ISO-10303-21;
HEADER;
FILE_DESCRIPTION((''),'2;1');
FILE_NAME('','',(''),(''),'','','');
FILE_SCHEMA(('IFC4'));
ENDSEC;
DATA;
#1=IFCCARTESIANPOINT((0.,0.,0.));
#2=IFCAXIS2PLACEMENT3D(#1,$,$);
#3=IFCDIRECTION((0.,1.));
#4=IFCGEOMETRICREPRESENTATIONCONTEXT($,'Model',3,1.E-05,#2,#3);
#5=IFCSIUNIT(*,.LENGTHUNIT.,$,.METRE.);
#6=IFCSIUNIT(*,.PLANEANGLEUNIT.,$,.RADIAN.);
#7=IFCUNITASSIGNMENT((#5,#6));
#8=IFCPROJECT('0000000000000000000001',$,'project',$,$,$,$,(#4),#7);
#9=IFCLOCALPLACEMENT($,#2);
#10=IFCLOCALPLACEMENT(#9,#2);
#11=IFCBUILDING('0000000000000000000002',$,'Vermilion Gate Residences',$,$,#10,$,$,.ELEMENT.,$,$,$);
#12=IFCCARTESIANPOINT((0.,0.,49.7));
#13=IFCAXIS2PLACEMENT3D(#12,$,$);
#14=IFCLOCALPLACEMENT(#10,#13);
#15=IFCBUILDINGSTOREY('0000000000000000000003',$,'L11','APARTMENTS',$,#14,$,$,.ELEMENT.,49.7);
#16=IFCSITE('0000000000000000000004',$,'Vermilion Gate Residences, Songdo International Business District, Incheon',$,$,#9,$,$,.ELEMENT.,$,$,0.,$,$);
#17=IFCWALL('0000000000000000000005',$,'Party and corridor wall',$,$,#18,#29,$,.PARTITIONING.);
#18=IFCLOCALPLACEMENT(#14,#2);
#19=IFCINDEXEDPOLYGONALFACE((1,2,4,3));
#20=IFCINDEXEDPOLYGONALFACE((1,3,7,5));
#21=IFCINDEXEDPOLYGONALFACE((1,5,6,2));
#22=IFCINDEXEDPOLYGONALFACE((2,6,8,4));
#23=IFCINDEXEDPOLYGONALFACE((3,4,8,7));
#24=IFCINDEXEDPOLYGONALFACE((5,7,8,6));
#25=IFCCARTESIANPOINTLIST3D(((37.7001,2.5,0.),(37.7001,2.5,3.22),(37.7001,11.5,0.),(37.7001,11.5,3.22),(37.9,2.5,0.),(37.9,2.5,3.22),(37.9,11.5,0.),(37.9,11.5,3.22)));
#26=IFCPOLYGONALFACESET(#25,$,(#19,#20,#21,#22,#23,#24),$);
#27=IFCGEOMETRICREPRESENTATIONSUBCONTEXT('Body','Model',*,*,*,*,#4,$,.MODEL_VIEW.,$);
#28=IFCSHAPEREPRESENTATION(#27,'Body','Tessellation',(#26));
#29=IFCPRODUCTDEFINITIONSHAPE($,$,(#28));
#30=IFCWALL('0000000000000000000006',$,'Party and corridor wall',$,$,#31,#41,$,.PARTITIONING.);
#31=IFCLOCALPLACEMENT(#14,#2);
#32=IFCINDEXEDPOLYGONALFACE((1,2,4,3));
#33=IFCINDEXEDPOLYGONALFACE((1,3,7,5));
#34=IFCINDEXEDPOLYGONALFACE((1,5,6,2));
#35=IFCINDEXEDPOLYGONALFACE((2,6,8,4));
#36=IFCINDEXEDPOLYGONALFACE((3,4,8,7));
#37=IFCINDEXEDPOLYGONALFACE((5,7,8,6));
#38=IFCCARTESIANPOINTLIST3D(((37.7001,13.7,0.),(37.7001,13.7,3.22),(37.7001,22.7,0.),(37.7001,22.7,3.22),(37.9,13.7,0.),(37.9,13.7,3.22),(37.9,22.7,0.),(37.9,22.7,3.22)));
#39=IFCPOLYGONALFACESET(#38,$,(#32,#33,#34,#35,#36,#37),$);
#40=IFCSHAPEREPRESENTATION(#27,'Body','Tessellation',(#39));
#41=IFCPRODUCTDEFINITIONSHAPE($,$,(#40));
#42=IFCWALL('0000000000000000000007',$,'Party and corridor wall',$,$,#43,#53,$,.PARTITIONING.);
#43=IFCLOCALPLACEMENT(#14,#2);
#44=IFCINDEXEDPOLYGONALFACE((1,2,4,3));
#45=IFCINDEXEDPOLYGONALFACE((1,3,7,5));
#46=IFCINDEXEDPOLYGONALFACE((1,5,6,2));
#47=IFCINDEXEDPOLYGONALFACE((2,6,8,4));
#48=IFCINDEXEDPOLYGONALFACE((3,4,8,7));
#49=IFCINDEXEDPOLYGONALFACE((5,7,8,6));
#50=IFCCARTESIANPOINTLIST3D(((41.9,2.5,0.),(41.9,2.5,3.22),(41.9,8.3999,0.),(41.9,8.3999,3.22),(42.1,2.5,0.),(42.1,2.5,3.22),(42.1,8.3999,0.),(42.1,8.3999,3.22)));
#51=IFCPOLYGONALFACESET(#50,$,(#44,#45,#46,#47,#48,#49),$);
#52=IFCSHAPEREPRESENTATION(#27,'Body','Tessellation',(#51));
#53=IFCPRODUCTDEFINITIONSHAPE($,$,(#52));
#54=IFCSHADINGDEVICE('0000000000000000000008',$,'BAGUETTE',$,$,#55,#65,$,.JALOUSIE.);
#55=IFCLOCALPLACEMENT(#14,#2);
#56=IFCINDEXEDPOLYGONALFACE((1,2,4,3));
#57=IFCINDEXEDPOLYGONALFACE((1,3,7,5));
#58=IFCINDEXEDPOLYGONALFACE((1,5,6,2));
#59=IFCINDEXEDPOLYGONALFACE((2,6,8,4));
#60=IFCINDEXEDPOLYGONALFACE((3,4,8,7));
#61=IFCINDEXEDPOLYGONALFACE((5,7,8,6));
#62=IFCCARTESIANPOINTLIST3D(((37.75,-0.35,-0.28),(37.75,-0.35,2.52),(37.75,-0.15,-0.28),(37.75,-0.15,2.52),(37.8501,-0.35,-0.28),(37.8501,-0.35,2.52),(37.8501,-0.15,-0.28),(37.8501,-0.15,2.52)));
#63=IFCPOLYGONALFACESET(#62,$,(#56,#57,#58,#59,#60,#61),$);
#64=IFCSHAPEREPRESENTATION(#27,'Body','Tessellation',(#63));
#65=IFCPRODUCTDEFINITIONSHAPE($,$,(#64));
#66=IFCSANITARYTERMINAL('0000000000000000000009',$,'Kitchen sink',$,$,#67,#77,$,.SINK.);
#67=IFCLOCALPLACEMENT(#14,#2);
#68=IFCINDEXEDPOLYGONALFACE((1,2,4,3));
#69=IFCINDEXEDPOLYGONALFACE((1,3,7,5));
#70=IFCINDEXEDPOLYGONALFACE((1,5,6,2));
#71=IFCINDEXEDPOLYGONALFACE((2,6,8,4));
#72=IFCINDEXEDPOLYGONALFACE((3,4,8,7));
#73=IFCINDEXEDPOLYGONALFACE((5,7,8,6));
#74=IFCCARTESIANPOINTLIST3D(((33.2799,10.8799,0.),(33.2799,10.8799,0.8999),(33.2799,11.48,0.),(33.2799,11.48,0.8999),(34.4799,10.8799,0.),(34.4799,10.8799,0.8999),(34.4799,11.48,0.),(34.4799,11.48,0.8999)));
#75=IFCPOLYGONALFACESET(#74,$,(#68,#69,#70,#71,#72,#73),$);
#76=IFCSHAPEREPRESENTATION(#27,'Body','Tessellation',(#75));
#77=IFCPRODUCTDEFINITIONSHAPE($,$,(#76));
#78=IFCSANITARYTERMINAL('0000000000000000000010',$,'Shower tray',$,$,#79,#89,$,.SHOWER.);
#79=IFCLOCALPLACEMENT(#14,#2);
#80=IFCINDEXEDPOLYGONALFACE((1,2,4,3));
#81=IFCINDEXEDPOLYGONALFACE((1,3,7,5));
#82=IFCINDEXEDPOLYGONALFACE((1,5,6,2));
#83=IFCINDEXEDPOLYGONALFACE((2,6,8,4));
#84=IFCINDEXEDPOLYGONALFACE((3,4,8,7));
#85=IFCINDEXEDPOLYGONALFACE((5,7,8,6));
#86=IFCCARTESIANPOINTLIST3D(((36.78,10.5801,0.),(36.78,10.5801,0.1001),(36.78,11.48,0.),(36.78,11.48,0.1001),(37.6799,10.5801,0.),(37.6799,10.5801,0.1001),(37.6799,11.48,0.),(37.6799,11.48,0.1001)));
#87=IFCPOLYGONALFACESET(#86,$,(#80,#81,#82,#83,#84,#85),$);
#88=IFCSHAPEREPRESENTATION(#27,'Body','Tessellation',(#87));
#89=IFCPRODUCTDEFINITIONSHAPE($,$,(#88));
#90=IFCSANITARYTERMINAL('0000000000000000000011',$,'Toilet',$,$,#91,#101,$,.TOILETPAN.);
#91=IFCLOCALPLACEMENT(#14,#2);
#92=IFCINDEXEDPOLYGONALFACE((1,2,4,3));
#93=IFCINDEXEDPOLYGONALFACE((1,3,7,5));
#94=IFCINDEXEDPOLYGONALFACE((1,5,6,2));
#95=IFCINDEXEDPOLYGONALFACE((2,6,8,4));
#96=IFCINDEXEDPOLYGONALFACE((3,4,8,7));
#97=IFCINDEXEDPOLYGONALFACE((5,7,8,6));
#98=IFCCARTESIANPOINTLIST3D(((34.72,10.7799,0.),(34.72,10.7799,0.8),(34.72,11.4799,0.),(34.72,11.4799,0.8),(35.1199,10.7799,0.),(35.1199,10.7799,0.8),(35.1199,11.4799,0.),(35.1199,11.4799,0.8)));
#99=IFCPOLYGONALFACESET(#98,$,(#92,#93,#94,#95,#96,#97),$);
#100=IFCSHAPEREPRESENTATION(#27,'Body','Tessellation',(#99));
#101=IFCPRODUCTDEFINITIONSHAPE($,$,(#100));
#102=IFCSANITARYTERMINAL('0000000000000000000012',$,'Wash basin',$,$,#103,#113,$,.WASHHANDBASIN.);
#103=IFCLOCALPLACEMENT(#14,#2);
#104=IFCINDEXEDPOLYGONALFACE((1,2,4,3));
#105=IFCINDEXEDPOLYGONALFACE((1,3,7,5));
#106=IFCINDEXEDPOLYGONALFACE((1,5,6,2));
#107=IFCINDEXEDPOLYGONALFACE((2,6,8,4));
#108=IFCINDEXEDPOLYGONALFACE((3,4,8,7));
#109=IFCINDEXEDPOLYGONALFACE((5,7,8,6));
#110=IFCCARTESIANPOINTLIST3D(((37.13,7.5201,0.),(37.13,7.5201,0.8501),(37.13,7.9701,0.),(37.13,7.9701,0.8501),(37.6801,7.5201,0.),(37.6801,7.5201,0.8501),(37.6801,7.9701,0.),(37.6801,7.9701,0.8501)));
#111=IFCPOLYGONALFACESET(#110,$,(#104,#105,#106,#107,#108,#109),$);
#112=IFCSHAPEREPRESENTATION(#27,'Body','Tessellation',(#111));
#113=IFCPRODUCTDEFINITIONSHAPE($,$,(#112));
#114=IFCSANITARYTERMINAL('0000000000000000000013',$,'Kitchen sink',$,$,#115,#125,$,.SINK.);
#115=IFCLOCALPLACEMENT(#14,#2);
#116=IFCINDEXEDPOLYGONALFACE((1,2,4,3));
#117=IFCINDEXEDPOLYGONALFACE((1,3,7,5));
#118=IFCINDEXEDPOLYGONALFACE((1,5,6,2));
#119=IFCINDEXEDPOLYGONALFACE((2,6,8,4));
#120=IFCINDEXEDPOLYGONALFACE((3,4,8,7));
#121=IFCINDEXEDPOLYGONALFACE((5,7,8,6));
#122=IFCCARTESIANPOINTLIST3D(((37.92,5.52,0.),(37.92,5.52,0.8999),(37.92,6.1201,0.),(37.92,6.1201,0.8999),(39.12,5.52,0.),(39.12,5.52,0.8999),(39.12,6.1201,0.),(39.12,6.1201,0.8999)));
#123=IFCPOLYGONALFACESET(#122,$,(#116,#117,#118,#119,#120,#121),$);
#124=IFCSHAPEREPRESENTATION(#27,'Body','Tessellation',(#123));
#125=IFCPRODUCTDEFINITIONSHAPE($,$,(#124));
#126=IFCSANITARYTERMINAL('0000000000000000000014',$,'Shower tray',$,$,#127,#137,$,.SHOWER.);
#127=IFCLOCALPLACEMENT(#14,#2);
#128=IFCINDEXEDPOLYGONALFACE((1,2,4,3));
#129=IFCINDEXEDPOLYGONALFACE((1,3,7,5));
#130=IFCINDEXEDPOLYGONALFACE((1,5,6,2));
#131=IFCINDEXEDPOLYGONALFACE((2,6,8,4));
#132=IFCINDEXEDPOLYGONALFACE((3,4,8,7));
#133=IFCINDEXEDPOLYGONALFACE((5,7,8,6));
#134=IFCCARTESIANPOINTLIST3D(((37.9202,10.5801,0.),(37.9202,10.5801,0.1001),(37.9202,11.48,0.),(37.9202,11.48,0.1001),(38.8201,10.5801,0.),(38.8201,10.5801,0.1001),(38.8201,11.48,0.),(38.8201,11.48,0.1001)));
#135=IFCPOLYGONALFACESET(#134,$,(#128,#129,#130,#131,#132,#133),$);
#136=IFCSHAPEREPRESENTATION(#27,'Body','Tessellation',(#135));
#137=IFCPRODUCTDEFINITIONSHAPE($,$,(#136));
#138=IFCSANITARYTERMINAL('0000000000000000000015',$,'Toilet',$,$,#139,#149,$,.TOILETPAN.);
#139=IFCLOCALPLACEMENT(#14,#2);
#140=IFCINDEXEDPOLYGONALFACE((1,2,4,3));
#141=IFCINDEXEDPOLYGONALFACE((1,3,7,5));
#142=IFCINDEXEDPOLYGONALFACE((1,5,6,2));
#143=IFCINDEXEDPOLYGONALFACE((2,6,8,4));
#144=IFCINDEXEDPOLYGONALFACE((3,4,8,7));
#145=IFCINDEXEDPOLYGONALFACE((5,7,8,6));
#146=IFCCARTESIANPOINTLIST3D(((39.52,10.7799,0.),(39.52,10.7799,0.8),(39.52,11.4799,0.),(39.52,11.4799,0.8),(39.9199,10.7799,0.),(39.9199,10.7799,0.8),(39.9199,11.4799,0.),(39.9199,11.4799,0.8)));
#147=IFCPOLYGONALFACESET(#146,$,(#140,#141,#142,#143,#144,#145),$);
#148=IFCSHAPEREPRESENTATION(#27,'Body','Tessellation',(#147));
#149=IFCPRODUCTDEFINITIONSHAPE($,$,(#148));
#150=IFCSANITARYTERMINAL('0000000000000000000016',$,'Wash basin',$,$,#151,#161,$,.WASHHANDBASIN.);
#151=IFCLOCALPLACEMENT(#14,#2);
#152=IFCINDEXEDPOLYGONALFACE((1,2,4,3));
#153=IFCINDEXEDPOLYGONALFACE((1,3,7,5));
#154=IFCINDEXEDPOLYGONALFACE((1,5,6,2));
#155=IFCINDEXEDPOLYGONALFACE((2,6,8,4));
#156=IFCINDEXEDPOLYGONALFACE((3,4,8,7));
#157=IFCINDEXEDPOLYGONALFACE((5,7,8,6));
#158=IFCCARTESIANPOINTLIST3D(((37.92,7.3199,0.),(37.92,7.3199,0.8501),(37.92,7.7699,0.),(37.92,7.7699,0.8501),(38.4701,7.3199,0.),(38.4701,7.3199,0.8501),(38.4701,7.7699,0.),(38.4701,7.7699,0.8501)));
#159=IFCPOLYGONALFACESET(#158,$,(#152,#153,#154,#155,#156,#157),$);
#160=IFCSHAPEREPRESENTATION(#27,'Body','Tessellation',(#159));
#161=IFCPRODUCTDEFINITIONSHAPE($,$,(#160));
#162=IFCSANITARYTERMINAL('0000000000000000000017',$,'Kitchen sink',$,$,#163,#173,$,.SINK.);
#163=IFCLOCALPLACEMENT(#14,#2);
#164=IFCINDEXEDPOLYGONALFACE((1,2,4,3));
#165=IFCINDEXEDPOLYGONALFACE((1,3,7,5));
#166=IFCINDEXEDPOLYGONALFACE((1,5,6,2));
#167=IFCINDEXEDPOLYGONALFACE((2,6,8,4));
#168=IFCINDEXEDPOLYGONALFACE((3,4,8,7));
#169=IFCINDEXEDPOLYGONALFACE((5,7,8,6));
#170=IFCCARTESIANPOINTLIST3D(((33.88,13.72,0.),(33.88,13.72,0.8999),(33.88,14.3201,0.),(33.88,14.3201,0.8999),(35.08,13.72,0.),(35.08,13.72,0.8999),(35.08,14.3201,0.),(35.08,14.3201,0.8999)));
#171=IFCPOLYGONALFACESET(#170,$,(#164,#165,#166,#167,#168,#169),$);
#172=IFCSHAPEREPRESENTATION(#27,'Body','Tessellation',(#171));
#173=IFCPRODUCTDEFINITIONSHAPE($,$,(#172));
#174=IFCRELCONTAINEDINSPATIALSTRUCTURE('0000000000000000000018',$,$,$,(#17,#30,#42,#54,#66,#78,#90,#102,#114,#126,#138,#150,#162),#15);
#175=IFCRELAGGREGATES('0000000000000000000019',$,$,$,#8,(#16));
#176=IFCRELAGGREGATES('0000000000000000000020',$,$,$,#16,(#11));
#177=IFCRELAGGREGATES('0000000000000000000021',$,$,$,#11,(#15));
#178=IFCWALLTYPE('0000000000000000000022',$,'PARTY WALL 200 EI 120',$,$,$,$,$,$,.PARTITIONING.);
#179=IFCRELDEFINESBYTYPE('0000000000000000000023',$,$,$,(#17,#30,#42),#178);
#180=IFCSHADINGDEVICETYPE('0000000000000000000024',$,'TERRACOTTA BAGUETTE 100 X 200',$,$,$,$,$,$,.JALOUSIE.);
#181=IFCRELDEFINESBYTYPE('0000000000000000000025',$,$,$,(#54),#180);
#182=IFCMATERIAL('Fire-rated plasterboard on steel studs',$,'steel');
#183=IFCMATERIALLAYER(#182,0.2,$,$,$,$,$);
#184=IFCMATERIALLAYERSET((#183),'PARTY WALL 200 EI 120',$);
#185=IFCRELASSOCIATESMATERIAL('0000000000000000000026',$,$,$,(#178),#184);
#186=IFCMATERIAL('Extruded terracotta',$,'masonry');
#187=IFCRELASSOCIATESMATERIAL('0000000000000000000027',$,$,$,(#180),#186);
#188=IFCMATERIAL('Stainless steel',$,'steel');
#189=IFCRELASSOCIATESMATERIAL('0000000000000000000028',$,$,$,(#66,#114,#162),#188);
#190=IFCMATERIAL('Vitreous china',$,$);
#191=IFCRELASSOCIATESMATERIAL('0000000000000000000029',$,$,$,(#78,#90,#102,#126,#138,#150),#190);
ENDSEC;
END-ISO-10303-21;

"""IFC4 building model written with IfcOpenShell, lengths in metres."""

from ifc_helpers import new_model, si_unit, direction, frame, frame_2d, origin, origin_2d, place, context, subcontext, project, spatial, rectangle, extrude, material, layer, layer_set, material_profile, profile_set, type_object, element, save


model = new_model("IFC4")

# Units and contexts
model_context = context("Model", 3, precision=1e-05, world=origin(), true_north=direction((0.0, 1.0)))
body_context = subcontext(model_context, "Body", "Model", "MODEL_VIEW")
ifc_project = project(units=[si_unit("LENGTHUNIT", "METRE"), si_unit("PLANEANGLEUNIT", "RADIAN")], contexts=[model_context])

# Site, building, storey
site_placement = place(None, origin())
site = spatial("IfcSite", under=ifc_project, at=site_placement, Name="Vermilion Gate Residences, Songdo International Business District, Incheon", CompositionType="ELEMENT", RefElevation=0.0)
building_placement = place(site_placement, origin())
building = spatial("IfcBuilding", under=site, at=building_placement, Name="Vermilion Gate Residences", CompositionType="ELEMENT")
storey_placement = place(building_placement, frame((0.0, 0.0, 49.7)))
storey = spatial("IfcBuildingStorey", under=building, at=storey_placement, Name="L11", Description="APARTMENTS", CompositionType="ELEMENT", Elevation=49.7)

# Walls
ifc_material_1 = material(Name="Fire-rated plasterboard on steel studs", Category="steel")
ifc_layer_1 = layer(ifc_material_1, 0.2)
ifc_layer_set_1 = layer_set([ifc_layer_1], Name="PARTY WALL 200 EI 120")
wall_type_1 = type_object("IfcWallType", Name="PARTY WALL 200 EI 120", PredefinedType="PARTITIONING", material=ifc_layer_set_1)
for number, where, z_axis, x_axis, name in (
    (1, (37.8, 2.5, 0.0), (0.0, 0.0, 1.0), (0.0, 1.0, 0.0), "Party and corridor wall"),
    (2, (37.8, 13.7, 0.0), (0.0, 0.0, 1.0), (0.0, 1.0, 0.0), "Party and corridor wall"),
):
    element("IfcWall", number, at=place(storey_placement, frame(where, z_axis=z_axis, x_axis=x_axis)), inside=storey, type_object=wall_type_1, Name=name, PredefinedType="PARTITIONING", context=body_context, shape_type="SweptSolid", body=[
        extrude(rectangle(XDim=9.0, YDim=0.2, at=frame_2d((4.5, 0.0))), origin(), (0.0, 0.0, 1.0), 3.22),
    ])
wall_1_placement = place(storey_placement, frame((42.0, 2.5, 0.0), z_axis=(0.0, 0.0, 1.0), x_axis=(0.0, 1.0, 0.0)))
element("IfcWall", 3, at=wall_1_placement, inside=storey, type_object=wall_type_1, Name="Party and corridor wall", PredefinedType="PARTITIONING", context=body_context, shape_type="SweptSolid", body=[
    extrude(rectangle(XDim=5.8999, YDim=0.2, at=frame_2d((2.95, 0.0))), origin(), (0.0, 0.0, 1.0), 3.22),
])

# Shading device
ifc_material_2 = material(Name="Extruded terracotta", Category="masonry")
ifc_material_profile_1 = material_profile(ifc_material_2, rectangle(XDim=0.2, YDim=0.1001, at=origin_2d()), Name="BAGUETTE 100 X 200")
ifc_profile_set_1 = profile_set([ifc_material_profile_1], Name="Extruded terracotta")
shading_device_type = type_object("IfcShadingDeviceType", Name="TERRACOTTA BAGUETTE 100 X 200", PredefinedType="JALOUSIE", material=ifc_profile_set_1)
shading_device_placement = place(storey_placement, frame((37.8, -0.25, -0.28), z_axis=(0.0, 0.0, 1.0), x_axis=(0.0, 1.0, 0.0)))
element("IfcShadingDevice", 4, at=shading_device_placement, inside=storey, type_object=shading_device_type, Name="BAGUETTE", PredefinedType="JALOUSIE", context=body_context, shape_type="SweptSolid", body=[
    extrude(rectangle(XDim=0.2, YDim=0.1001, at=origin_2d()), origin(), (0.0, 0.0, 1.0), 2.8),
])

# Sanitary terminals
ifc_material_3 = material(Name="Stainless steel", Category="steel")
sanitary_terminal_1_placement = place(storey_placement, frame((33.8799, 11.1799, 0.0), z_axis=(0.0, 0.0, 1.0), x_axis=(1.0, 0.0, 0.0)))
element("IfcSanitaryTerminal", 5, at=sanitary_terminal_1_placement, inside=storey, material=ifc_material_3, Name="Kitchen sink", PredefinedType="SINK", context=body_context, shape_type="SweptSolid", body=[
    extrude(rectangle(XDim=1.2, YDim=0.6001, at=origin_2d()), origin(), (0.0, 0.0, 1.0), 0.8999),
])
ifc_material_4 = material(Name="Vitreous china")
sanitary_terminal_2_placement = place(storey_placement, frame((37.23, 11.03, 0.0), z_axis=(0.0, 0.0, 1.0), x_axis=(1.0, 0.0, 0.0)))
element("IfcSanitaryTerminal", 6, at=sanitary_terminal_2_placement, inside=storey, material=ifc_material_4, Name="Shower tray", PredefinedType="SHOWER", context=body_context, shape_type="SweptSolid", body=[
    extrude(rectangle(XDim=0.8999, YDim=0.8999, at=origin_2d()), origin(), (0.0, 0.0, 1.0), 0.1001),
])
sanitary_terminal_3_placement = place(storey_placement, frame((34.9199, 11.1299, 0.0), z_axis=(0.0, 0.0, 1.0), x_axis=(1.0, 0.0, 0.0)))
element("IfcSanitaryTerminal", 7, at=sanitary_terminal_3_placement, inside=storey, material=ifc_material_4, Name="Toilet", PredefinedType="TOILETPAN", context=body_context, shape_type="SweptSolid", body=[
    extrude(rectangle(XDim=0.3999, YDim=0.7, at=origin_2d()), origin(), (0.0, 0.0, 1.0), 0.8),
])
sanitary_terminal_4_placement = place(storey_placement, frame((37.405, 7.7451, 0.0), z_axis=(0.0, 0.0, 1.0), x_axis=(1.0, 0.0, 0.0)))
element("IfcSanitaryTerminal", 8, at=sanitary_terminal_4_placement, inside=storey, material=ifc_material_4, Name="Wash basin", PredefinedType="WASHHANDBASIN", context=body_context, shape_type="SweptSolid", body=[
    extrude(rectangle(XDim=0.55, YDim=0.45, at=origin_2d()), origin(), (0.0, 0.0, 1.0), 0.8501),
])
sanitary_terminal_5_placement = place(storey_placement, frame((38.52, 5.8201, 0.0), z_axis=(0.0, 0.0, 1.0), x_axis=(1.0, 0.0, 0.0)))
element("IfcSanitaryTerminal", 9, at=sanitary_terminal_5_placement, inside=storey, material=ifc_material_3, Name="Kitchen sink", PredefinedType="SINK", context=body_context, shape_type="SweptSolid", body=[
    extrude(rectangle(XDim=1.2, YDim=0.6001, at=origin_2d()), origin(), (0.0, 0.0, 1.0), 0.8999),
])
sanitary_terminal_6_placement = place(storey_placement, frame((38.3701, 11.03, 0.0), z_axis=(0.0, 0.0, 1.0), x_axis=(1.0, 0.0, 0.0)))
element("IfcSanitaryTerminal", 10, at=sanitary_terminal_6_placement, inside=storey, material=ifc_material_4, Name="Shower tray", PredefinedType="SHOWER", context=body_context, shape_type="SweptSolid", body=[
    extrude(rectangle(XDim=0.8999, YDim=0.8999, at=origin_2d()), origin(), (0.0, 0.0, 1.0), 0.1001),
])
sanitary_terminal_7_placement = place(storey_placement, frame((39.72, 11.1299, 0.0), z_axis=(0.0, 0.0, 1.0), x_axis=(1.0, 0.0, 0.0)))
element("IfcSanitaryTerminal", 11, at=sanitary_terminal_7_placement, inside=storey, material=ifc_material_4, Name="Toilet", PredefinedType="TOILETPAN", context=body_context, shape_type="SweptSolid", body=[
    extrude(rectangle(XDim=0.3999, YDim=0.7, at=origin_2d()), origin(), (0.0, 0.0, 1.0), 0.8),
])
sanitary_terminal_8_placement = place(storey_placement, frame((38.1951, 7.5449, 0.0), z_axis=(0.0, 0.0, 1.0), x_axis=(1.0, 0.0, 0.0)))
element("IfcSanitaryTerminal", 12, at=sanitary_terminal_8_placement, inside=storey, material=ifc_material_4, Name="Wash basin", PredefinedType="WASHHANDBASIN", context=body_context, shape_type="SweptSolid", body=[
    extrude(rectangle(XDim=0.55, YDim=0.45, at=origin_2d()), origin(), (0.0, 0.0, 1.0), 0.8501),
])
sanitary_terminal_9_placement = place(storey_placement, frame((34.48, 14.02, 0.0), z_axis=(0.0, 0.0, 1.0), x_axis=(1.0, 0.0, 0.0)))
element("IfcSanitaryTerminal", 13, at=sanitary_terminal_9_placement, inside=storey, material=ifc_material_3, Name="Kitchen sink", PredefinedType="SINK", context=body_context, shape_type="SweptSolid", body=[
    extrude(rectangle(XDim=1.2, YDim=0.6001, at=origin_2d()), origin(), (0.0, 0.0, 1.0), 0.8999),
])

save(model, "model.ifc")
